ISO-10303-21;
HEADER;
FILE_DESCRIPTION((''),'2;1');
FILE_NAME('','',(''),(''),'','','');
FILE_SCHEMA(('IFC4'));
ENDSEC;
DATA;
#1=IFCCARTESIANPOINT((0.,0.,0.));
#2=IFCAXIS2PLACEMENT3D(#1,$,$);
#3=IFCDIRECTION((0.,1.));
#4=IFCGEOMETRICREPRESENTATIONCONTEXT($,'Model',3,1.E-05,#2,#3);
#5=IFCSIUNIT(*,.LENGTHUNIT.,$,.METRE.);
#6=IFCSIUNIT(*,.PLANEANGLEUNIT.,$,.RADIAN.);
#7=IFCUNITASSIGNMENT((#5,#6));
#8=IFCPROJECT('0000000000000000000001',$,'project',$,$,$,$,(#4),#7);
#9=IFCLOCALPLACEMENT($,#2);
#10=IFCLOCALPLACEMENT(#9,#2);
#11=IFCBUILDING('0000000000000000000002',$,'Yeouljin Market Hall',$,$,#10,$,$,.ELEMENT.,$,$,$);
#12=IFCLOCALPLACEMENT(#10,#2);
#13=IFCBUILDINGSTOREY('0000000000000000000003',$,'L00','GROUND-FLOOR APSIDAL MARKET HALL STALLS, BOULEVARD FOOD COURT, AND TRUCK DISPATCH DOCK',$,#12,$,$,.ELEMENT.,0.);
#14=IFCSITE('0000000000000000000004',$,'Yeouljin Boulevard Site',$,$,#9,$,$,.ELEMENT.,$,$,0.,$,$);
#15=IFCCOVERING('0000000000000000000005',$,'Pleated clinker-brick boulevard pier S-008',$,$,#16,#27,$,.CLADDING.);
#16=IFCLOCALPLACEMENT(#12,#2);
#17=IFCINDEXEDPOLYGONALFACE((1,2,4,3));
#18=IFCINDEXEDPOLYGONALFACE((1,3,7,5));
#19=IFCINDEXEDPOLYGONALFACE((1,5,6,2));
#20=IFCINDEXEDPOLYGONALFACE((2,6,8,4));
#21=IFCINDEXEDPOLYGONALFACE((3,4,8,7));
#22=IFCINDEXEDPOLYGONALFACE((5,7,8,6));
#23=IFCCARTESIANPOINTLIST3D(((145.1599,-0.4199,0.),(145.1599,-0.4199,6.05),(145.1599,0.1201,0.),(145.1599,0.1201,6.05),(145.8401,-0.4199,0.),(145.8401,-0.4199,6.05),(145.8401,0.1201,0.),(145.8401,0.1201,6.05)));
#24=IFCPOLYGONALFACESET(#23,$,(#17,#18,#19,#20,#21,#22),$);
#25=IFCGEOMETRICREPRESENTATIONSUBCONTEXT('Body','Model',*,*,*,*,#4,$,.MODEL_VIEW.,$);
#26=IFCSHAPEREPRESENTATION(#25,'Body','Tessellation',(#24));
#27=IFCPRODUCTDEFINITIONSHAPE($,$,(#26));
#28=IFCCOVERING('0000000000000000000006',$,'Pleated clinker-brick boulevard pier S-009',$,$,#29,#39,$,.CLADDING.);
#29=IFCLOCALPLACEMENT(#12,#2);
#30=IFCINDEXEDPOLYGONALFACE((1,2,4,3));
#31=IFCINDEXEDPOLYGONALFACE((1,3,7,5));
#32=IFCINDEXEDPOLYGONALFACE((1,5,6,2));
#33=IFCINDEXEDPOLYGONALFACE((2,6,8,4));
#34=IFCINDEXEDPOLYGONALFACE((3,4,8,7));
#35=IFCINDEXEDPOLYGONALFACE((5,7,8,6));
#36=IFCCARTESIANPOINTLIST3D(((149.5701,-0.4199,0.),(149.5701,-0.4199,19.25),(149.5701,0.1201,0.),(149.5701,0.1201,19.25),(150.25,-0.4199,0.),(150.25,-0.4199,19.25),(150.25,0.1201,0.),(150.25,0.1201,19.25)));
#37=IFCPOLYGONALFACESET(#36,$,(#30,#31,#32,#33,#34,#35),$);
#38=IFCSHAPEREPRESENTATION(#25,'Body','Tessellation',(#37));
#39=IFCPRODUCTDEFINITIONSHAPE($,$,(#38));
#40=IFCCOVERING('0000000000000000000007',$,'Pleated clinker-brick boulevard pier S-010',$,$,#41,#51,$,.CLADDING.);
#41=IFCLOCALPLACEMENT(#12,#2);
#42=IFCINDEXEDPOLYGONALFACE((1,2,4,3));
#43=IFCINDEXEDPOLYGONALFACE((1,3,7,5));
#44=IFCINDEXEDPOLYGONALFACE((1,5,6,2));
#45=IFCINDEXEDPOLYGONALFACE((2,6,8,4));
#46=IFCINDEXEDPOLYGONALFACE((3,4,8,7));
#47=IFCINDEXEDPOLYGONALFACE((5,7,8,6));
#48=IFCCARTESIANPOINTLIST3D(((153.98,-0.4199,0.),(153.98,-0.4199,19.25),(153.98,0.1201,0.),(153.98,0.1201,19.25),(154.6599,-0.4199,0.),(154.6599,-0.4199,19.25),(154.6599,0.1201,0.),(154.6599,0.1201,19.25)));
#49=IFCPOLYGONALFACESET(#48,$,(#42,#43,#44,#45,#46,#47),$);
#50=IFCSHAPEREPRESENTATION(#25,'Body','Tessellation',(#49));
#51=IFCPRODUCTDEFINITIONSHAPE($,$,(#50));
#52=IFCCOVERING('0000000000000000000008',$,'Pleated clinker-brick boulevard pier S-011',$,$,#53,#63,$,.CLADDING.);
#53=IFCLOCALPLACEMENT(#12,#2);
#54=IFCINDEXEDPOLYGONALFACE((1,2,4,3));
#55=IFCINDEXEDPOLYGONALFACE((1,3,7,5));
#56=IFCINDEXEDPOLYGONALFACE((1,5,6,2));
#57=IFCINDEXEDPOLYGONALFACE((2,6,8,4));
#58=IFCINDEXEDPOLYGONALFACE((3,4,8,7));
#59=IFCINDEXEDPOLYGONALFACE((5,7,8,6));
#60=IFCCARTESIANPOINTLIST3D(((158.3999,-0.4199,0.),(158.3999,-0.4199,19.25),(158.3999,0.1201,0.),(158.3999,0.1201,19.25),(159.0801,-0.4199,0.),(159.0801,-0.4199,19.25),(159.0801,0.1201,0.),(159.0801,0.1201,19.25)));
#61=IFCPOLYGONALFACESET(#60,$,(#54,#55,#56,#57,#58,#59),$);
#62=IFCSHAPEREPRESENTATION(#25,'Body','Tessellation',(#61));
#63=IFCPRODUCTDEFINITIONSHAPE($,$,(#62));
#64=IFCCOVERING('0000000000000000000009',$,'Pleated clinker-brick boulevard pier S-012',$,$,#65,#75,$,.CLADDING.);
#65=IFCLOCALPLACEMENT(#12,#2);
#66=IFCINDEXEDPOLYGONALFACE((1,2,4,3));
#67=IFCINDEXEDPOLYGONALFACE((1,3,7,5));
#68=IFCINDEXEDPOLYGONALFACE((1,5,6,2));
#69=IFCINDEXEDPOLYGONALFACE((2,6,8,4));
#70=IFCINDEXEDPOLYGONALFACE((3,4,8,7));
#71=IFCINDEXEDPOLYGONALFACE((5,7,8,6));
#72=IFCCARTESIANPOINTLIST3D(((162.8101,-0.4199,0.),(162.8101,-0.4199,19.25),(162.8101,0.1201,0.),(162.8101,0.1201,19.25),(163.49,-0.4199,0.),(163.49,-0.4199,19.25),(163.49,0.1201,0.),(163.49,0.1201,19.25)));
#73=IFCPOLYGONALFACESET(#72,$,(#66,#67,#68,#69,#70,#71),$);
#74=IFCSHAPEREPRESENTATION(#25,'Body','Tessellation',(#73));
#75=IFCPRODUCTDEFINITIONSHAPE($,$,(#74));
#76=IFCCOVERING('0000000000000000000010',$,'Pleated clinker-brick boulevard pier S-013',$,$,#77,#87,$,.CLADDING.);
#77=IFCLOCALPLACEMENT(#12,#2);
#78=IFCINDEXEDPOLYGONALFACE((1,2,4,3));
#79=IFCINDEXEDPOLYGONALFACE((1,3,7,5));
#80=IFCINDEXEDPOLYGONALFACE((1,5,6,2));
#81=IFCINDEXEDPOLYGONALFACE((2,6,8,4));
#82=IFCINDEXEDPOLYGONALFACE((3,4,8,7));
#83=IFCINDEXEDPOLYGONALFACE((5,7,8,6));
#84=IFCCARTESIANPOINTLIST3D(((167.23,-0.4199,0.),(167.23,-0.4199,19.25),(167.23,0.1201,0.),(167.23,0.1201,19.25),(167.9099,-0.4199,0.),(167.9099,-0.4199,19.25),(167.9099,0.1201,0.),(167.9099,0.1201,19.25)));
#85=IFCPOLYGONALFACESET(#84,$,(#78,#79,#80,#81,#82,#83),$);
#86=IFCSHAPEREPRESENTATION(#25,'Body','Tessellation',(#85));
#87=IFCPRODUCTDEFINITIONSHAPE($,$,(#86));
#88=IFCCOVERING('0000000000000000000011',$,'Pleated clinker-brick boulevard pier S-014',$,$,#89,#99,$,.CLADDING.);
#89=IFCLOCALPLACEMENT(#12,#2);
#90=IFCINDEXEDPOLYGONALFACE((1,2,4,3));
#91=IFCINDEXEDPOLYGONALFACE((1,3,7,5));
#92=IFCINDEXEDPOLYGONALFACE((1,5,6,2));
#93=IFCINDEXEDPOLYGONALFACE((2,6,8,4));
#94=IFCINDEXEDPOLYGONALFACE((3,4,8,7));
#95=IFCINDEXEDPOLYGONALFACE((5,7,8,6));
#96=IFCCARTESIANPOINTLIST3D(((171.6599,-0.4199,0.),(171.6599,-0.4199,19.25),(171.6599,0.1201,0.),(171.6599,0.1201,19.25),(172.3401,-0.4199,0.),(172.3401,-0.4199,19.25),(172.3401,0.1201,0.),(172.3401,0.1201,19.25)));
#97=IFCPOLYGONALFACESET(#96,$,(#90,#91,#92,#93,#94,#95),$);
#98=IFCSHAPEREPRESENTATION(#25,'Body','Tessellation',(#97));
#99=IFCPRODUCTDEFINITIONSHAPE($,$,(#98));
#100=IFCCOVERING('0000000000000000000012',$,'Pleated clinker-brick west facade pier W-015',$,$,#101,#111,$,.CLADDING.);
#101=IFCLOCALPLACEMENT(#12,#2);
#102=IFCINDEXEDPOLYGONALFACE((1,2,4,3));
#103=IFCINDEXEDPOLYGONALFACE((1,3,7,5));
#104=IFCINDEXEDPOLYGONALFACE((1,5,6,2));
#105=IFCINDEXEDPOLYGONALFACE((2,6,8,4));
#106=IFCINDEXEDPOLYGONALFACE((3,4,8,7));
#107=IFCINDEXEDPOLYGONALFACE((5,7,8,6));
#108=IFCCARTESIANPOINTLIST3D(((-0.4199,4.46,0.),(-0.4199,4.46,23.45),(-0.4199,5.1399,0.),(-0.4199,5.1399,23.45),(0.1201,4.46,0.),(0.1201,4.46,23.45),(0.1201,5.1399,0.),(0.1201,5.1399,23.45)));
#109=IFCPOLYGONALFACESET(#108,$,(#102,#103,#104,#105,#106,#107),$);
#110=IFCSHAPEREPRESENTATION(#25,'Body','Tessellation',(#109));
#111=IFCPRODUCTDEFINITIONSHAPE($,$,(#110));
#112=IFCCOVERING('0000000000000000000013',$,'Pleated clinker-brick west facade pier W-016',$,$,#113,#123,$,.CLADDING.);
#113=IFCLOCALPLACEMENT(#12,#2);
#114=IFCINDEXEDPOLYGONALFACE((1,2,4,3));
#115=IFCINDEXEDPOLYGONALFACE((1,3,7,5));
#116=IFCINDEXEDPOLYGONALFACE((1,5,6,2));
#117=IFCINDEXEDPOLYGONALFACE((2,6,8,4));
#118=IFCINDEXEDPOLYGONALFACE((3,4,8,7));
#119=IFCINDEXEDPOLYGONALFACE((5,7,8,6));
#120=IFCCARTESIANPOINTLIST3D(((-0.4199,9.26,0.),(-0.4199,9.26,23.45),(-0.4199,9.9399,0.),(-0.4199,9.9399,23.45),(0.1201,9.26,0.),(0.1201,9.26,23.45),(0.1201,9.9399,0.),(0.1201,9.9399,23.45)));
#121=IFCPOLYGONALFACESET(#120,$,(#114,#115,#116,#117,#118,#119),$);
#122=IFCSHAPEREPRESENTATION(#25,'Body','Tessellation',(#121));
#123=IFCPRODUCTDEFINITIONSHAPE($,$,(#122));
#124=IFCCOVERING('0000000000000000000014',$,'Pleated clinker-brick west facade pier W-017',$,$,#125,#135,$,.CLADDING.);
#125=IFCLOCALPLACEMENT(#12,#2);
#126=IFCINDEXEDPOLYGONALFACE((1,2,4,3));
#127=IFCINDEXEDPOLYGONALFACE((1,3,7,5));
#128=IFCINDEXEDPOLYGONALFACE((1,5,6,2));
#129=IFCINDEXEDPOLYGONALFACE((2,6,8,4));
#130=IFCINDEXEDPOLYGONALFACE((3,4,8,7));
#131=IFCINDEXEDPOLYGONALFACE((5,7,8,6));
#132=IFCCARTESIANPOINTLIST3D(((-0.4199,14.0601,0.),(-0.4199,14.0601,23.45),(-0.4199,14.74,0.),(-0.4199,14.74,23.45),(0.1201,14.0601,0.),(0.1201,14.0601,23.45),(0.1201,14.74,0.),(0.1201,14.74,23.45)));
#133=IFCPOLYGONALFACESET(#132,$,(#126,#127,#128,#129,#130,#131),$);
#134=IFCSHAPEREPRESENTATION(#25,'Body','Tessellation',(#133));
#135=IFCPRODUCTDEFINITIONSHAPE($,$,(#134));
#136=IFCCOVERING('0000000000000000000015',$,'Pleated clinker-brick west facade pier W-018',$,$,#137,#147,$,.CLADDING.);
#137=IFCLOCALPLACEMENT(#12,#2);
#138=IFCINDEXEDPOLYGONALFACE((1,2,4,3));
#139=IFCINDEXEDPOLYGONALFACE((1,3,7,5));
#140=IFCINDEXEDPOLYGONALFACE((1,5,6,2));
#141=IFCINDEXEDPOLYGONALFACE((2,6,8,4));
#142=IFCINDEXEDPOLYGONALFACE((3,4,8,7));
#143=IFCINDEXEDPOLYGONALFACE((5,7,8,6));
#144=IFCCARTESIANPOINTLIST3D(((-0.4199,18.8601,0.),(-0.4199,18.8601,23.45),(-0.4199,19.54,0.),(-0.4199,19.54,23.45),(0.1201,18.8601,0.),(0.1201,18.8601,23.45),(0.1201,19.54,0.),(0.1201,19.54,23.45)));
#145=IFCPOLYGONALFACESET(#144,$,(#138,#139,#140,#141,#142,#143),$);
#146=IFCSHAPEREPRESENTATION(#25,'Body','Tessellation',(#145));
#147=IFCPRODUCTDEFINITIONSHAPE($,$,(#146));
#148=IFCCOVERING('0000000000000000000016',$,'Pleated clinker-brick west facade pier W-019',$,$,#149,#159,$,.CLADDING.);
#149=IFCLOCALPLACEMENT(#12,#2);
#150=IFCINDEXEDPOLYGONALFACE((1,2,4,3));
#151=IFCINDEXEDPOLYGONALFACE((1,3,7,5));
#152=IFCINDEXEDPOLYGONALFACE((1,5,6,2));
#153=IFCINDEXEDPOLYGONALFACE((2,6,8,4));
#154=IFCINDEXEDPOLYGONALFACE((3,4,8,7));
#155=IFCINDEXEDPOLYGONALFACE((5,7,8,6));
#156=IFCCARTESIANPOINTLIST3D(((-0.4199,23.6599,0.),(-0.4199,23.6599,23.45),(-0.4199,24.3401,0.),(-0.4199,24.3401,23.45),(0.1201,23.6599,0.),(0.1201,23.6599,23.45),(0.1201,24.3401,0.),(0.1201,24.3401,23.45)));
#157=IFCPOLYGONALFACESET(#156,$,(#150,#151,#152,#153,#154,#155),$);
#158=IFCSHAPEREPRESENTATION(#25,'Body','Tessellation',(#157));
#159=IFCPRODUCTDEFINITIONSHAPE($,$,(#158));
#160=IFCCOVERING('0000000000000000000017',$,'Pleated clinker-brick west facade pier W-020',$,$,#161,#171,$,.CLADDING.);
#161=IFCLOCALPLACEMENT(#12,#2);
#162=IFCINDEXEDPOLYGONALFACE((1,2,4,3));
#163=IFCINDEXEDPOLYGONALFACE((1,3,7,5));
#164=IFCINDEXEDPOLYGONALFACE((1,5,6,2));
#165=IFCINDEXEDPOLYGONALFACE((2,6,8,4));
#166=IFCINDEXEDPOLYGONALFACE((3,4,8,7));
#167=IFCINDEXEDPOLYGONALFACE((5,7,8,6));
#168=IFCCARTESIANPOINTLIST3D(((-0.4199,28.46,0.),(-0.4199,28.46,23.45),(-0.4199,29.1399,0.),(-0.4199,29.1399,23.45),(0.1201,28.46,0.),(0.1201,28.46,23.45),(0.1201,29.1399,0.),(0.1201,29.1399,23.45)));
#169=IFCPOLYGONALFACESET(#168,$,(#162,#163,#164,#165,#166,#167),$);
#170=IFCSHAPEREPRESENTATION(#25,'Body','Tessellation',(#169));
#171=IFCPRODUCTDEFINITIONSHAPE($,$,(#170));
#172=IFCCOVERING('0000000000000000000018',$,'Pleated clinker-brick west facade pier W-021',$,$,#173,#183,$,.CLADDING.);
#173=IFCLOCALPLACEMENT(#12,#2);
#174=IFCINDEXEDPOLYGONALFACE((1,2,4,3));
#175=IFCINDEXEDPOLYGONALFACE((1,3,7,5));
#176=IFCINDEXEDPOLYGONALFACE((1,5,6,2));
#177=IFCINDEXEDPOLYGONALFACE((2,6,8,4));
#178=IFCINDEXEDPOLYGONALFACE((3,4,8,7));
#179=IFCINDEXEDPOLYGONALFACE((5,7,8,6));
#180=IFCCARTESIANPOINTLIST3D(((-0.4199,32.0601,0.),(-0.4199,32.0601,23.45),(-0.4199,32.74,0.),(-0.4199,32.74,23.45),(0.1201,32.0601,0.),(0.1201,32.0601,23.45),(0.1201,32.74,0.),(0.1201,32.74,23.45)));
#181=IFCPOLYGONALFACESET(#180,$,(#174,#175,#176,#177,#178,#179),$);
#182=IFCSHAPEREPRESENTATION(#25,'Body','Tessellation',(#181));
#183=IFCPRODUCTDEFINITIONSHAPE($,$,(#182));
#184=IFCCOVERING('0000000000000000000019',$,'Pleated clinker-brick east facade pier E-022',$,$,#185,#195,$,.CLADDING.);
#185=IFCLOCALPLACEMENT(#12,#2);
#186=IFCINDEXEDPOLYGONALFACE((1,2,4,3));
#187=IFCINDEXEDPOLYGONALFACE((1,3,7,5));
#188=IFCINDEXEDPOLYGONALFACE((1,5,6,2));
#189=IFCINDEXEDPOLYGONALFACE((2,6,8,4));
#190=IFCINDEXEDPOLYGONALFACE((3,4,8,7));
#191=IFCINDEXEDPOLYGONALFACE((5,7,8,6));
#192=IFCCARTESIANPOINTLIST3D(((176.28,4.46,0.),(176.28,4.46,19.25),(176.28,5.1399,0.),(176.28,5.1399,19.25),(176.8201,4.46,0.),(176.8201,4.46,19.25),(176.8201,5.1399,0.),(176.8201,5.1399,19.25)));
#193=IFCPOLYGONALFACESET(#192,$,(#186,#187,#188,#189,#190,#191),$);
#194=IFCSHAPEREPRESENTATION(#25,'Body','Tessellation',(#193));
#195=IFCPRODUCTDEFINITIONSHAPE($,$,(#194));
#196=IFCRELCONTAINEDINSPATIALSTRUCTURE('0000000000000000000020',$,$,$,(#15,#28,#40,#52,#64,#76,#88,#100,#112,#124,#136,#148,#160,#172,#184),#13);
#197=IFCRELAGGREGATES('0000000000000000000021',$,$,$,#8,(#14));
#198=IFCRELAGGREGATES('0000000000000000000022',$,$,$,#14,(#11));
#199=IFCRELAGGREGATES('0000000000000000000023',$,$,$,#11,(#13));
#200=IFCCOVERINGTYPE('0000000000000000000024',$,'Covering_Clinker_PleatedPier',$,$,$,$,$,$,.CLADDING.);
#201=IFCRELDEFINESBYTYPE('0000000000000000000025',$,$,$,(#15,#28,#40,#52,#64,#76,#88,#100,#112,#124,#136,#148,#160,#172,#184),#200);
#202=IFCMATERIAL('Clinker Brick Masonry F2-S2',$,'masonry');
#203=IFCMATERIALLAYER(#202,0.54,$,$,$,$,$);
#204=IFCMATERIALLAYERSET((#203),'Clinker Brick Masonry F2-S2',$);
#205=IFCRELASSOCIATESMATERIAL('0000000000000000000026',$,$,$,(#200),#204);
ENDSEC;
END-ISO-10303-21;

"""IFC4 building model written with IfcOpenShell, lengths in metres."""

from ifc_helpers import new_model, si_unit, direction, origin, place, context, subcontext, project, spatial, polyline, outline, extrude, material, layer, layer_set, type_object, element, save


model = new_model("IFC4")

# Units and contexts
model_context = context("Model", 3, precision=1e-05, world=origin(), true_north=direction((0.0, 1.0)))
body_context = subcontext(model_context, "Body", "Model", "MODEL_VIEW")
ifc_project = project(units=[si_unit("LENGTHUNIT", "METRE"), si_unit("PLANEANGLEUNIT", "RADIAN")], contexts=[model_context])

# Site, building, storey
site_placement = place(None, origin())
site = spatial("IfcSite", under=ifc_project, at=site_placement, Name="Yeouljin Boulevard Site", CompositionType="ELEMENT", RefElevation=0.0)
building_placement = place(site_placement, origin())
building = spatial("IfcBuilding", under=site, at=building_placement, Name="Yeouljin Market Hall", CompositionType="ELEMENT")
storey_placement = place(building_placement, origin())
storey = spatial("IfcBuildingStorey", under=building, at=storey_placement, Name="L00", Description="GROUND-FLOOR APSIDAL MARKET HALL STALLS, BOULEVARD FOOD COURT, AND TRUCK DISPATCH DOCK", CompositionType="ELEMENT", Elevation=0.0)

# Coverings
ifc_material = material(Name="Clinker Brick Masonry F2-S2", Category="masonry")
ifc_layer = layer(ifc_material, 0.54)
ifc_layer_set = layer_set([ifc_layer], Name="Clinker Brick Masonry F2-S2")
covering_type = type_object("IfcCoveringType", Name="Covering_Clinker_PleatedPier", PredefinedType="CLADDING", material=ifc_layer_set)
covering_1_placement = place(storey_placement, origin())
element("IfcCovering", 1, at=covering_1_placement, inside=storey, type_object=covering_type, Name="Pleated clinker-brick boulevard pier S-008", PredefinedType="CLADDING", context=body_context, shape_type="SweptSolid", body=[
    extrude(outline(polyline([(145.1599, -0.4199), (145.8401, -0.4199), (145.8401, 0.1201), (145.1599, 0.1201), (145.1599, -0.4199)])), origin(), (0.0, 0.0, 1.0), 6.05),
])
covering_2_placement = place(storey_placement, origin())
element("IfcCovering", 2, at=covering_2_placement, inside=storey, type_object=covering_type, Name="Pleated clinker-brick boulevard pier S-009", PredefinedType="CLADDING", context=body_context, shape_type="SweptSolid", body=[
    extrude(outline(polyline([(149.5701, -0.4199), (150.25, -0.4199), (150.25, 0.1201), (149.5701, 0.1201), (149.5701, -0.4199)])), origin(), (0.0, 0.0, 1.0), 19.25),
])
covering_3_placement = place(storey_placement, origin())
element("IfcCovering", 3, at=covering_3_placement, inside=storey, type_object=covering_type, Name="Pleated clinker-brick boulevard pier S-010", PredefinedType="CLADDING", context=body_context, shape_type="SweptSolid", body=[
    extrude(outline(polyline([(153.98, -0.4199), (154.6599, -0.4199), (154.6599, 0.1201), (153.98, 0.1201), (153.98, -0.4199)])), origin(), (0.0, 0.0, 1.0), 19.25),
])
covering_4_placement = place(storey_placement, origin())
element("IfcCovering", 4, at=covering_4_placement, inside=storey, type_object=covering_type, Name="Pleated clinker-brick boulevard pier S-011", PredefinedType="CLADDING", context=body_context, shape_type="SweptSolid", body=[
    extrude(outline(polyline([(158.3999, -0.4199), (159.0801, -0.4199), (159.0801, 0.1201), (158.3999, 0.1201), (158.3999, -0.4199)])), origin(), (0.0, 0.0, 1.0), 19.25),
])
covering_5_placement = place(storey_placement, origin())
element("IfcCovering", 5, at=covering_5_placement, inside=storey, type_object=covering_type, Name="Pleated clinker-brick boulevard pier S-012", PredefinedType="CLADDING", context=body_context, shape_type="SweptSolid", body=[
    extrude(outline(polyline([(162.8101, -0.4199), (163.49, -0.4199), (163.49, 0.1201), (162.8101, 0.1201), (162.8101, -0.4199)])), origin(), (0.0, 0.0, 1.0), 19.25),
])
covering_6_placement = place(storey_placement, origin())
element("IfcCovering", 6, at=covering_6_placement, inside=storey, type_object=covering_type, Name="Pleated clinker-brick boulevard pier S-013", PredefinedType="CLADDING", context=body_context, shape_type="SweptSolid", body=[
    extrude(outline(polyline([(167.23, -0.4199), (167.9099, -0.4199), (167.9099, 0.1201), (167.23, 0.1201), (167.23, -0.4199)])), origin(), (0.0, 0.0, 1.0), 19.25),
])
covering_7_placement = place(storey_placement, origin())
element("IfcCovering", 7, at=covering_7_placement, inside=storey, type_object=covering_type, Name="Pleated clinker-brick boulevard pier S-014", PredefinedType="CLADDING", context=body_context, shape_type="SweptSolid", body=[
    extrude(outline(polyline([(171.6599, -0.4199), (172.3401, -0.4199), (172.3401, 0.1201), (171.6599, 0.1201), (171.6599, -0.4199)])), origin(), (0.0, 0.0, 1.0), 19.25),
])
covering_8_placement = place(storey_placement, origin())
element("IfcCovering", 8, at=covering_8_placement, inside=storey, type_object=covering_type, Name="Pleated clinker-brick west facade pier W-015", PredefinedType="CLADDING", context=body_context, shape_type="SweptSolid", body=[
    extrude(outline(polyline([(-0.4199, 4.46), (0.1201, 4.46), (0.1201, 5.1399), (-0.4199, 5.1399), (-0.4199, 4.46)])), origin(), (0.0, 0.0, 1.0), 23.45),
])
covering_9_placement = place(storey_placement, origin())
element("IfcCovering", 9, at=covering_9_placement, inside=storey, type_object=covering_type, Name="Pleated clinker-brick west facade pier W-016", PredefinedType="CLADDING", context=body_context, shape_type="SweptSolid", body=[
    extrude(outline(polyline([(-0.4199, 9.26), (0.1201, 9.26), (0.1201, 9.9399), (-0.4199, 9.9399), (-0.4199, 9.26)])), origin(), (0.0, 0.0, 1.0), 23.45),
])
covering_10_placement = place(storey_placement, origin())
element("IfcCovering", 10, at=covering_10_placement, inside=storey, type_object=covering_type, Name="Pleated clinker-brick west facade pier W-017", PredefinedType="CLADDING", context=body_context, shape_type="SweptSolid", body=[
    extrude(outline(polyline([(-0.4199, 14.0601), (0.1201, 14.0601), (0.1201, 14.74), (-0.4199, 14.74), (-0.4199, 14.0601)])), origin(), (0.0, 0.0, 1.0), 23.45),
])
covering_11_placement = place(storey_placement, origin())
element("IfcCovering", 11, at=covering_11_placement, inside=storey, type_object=covering_type, Name="Pleated clinker-brick west facade pier W-018", PredefinedType="CLADDING", context=body_context, shape_type="SweptSolid", body=[
    extrude(outline(polyline([(-0.4199, 18.8601), (0.1201, 18.8601), (0.1201, 19.54), (-0.4199, 19.54), (-0.4199, 18.8601)])), origin(), (0.0, 0.0, 1.0), 23.45),
])
covering_12_placement = place(storey_placement, origin())
element("IfcCovering", 12, at=covering_12_placement, inside=storey, type_object=covering_type, Name="Pleated clinker-brick west facade pier W-019", PredefinedType="CLADDING", context=body_context, shape_type="SweptSolid", body=[
    extrude(outline(polyline([(-0.4199, 23.6599), (0.1201, 23.6599), (0.1201, 24.3401), (-0.4199, 24.3401), (-0.4199, 23.6599)])), origin(), (0.0, 0.0, 1.0), 23.45),
])
covering_13_placement = place(storey_placement, origin())
element("IfcCovering", 13, at=covering_13_placement, inside=storey, type_object=covering_type, Name="Pleated clinker-brick west facade pier W-020", PredefinedType="CLADDING", context=body_context, shape_type="SweptSolid", body=[
    extrude(outline(polyline([(-0.4199, 28.46), (0.1201, 28.46), (0.1201, 29.1399), (-0.4199, 29.1399), (-0.4199, 28.46)])), origin(), (0.0, 0.0, 1.0), 23.45),
])
covering_14_placement = place(storey_placement, origin())
element("IfcCovering", 14, at=covering_14_placement, inside=storey, type_object=covering_type, Name="Pleated clinker-brick west facade pier W-021", PredefinedType="CLADDING", context=body_context, shape_type="SweptSolid", body=[
    extrude(outline(polyline([(-0.4199, 32.0601), (0.1201, 32.0601), (0.1201, 32.74), (-0.4199, 32.74), (-0.4199, 32.0601)])), origin(), (0.0, 0.0, 1.0), 23.45),
])
covering_15_placement = place(storey_placement, origin())
element("IfcCovering", 15, at=covering_15_placement, inside=storey, type_object=covering_type, Name="Pleated clinker-brick east facade pier E-022", PredefinedType="CLADDING", context=body_context, shape_type="SweptSolid", body=[
    extrude(outline(polyline([(176.28, 4.46), (176.8201, 4.46), (176.8201, 5.1399), (176.28, 5.1399), (176.28, 4.46)])), origin(), (0.0, 0.0, 1.0), 19.25),
])

save(model, "model.ifc")
